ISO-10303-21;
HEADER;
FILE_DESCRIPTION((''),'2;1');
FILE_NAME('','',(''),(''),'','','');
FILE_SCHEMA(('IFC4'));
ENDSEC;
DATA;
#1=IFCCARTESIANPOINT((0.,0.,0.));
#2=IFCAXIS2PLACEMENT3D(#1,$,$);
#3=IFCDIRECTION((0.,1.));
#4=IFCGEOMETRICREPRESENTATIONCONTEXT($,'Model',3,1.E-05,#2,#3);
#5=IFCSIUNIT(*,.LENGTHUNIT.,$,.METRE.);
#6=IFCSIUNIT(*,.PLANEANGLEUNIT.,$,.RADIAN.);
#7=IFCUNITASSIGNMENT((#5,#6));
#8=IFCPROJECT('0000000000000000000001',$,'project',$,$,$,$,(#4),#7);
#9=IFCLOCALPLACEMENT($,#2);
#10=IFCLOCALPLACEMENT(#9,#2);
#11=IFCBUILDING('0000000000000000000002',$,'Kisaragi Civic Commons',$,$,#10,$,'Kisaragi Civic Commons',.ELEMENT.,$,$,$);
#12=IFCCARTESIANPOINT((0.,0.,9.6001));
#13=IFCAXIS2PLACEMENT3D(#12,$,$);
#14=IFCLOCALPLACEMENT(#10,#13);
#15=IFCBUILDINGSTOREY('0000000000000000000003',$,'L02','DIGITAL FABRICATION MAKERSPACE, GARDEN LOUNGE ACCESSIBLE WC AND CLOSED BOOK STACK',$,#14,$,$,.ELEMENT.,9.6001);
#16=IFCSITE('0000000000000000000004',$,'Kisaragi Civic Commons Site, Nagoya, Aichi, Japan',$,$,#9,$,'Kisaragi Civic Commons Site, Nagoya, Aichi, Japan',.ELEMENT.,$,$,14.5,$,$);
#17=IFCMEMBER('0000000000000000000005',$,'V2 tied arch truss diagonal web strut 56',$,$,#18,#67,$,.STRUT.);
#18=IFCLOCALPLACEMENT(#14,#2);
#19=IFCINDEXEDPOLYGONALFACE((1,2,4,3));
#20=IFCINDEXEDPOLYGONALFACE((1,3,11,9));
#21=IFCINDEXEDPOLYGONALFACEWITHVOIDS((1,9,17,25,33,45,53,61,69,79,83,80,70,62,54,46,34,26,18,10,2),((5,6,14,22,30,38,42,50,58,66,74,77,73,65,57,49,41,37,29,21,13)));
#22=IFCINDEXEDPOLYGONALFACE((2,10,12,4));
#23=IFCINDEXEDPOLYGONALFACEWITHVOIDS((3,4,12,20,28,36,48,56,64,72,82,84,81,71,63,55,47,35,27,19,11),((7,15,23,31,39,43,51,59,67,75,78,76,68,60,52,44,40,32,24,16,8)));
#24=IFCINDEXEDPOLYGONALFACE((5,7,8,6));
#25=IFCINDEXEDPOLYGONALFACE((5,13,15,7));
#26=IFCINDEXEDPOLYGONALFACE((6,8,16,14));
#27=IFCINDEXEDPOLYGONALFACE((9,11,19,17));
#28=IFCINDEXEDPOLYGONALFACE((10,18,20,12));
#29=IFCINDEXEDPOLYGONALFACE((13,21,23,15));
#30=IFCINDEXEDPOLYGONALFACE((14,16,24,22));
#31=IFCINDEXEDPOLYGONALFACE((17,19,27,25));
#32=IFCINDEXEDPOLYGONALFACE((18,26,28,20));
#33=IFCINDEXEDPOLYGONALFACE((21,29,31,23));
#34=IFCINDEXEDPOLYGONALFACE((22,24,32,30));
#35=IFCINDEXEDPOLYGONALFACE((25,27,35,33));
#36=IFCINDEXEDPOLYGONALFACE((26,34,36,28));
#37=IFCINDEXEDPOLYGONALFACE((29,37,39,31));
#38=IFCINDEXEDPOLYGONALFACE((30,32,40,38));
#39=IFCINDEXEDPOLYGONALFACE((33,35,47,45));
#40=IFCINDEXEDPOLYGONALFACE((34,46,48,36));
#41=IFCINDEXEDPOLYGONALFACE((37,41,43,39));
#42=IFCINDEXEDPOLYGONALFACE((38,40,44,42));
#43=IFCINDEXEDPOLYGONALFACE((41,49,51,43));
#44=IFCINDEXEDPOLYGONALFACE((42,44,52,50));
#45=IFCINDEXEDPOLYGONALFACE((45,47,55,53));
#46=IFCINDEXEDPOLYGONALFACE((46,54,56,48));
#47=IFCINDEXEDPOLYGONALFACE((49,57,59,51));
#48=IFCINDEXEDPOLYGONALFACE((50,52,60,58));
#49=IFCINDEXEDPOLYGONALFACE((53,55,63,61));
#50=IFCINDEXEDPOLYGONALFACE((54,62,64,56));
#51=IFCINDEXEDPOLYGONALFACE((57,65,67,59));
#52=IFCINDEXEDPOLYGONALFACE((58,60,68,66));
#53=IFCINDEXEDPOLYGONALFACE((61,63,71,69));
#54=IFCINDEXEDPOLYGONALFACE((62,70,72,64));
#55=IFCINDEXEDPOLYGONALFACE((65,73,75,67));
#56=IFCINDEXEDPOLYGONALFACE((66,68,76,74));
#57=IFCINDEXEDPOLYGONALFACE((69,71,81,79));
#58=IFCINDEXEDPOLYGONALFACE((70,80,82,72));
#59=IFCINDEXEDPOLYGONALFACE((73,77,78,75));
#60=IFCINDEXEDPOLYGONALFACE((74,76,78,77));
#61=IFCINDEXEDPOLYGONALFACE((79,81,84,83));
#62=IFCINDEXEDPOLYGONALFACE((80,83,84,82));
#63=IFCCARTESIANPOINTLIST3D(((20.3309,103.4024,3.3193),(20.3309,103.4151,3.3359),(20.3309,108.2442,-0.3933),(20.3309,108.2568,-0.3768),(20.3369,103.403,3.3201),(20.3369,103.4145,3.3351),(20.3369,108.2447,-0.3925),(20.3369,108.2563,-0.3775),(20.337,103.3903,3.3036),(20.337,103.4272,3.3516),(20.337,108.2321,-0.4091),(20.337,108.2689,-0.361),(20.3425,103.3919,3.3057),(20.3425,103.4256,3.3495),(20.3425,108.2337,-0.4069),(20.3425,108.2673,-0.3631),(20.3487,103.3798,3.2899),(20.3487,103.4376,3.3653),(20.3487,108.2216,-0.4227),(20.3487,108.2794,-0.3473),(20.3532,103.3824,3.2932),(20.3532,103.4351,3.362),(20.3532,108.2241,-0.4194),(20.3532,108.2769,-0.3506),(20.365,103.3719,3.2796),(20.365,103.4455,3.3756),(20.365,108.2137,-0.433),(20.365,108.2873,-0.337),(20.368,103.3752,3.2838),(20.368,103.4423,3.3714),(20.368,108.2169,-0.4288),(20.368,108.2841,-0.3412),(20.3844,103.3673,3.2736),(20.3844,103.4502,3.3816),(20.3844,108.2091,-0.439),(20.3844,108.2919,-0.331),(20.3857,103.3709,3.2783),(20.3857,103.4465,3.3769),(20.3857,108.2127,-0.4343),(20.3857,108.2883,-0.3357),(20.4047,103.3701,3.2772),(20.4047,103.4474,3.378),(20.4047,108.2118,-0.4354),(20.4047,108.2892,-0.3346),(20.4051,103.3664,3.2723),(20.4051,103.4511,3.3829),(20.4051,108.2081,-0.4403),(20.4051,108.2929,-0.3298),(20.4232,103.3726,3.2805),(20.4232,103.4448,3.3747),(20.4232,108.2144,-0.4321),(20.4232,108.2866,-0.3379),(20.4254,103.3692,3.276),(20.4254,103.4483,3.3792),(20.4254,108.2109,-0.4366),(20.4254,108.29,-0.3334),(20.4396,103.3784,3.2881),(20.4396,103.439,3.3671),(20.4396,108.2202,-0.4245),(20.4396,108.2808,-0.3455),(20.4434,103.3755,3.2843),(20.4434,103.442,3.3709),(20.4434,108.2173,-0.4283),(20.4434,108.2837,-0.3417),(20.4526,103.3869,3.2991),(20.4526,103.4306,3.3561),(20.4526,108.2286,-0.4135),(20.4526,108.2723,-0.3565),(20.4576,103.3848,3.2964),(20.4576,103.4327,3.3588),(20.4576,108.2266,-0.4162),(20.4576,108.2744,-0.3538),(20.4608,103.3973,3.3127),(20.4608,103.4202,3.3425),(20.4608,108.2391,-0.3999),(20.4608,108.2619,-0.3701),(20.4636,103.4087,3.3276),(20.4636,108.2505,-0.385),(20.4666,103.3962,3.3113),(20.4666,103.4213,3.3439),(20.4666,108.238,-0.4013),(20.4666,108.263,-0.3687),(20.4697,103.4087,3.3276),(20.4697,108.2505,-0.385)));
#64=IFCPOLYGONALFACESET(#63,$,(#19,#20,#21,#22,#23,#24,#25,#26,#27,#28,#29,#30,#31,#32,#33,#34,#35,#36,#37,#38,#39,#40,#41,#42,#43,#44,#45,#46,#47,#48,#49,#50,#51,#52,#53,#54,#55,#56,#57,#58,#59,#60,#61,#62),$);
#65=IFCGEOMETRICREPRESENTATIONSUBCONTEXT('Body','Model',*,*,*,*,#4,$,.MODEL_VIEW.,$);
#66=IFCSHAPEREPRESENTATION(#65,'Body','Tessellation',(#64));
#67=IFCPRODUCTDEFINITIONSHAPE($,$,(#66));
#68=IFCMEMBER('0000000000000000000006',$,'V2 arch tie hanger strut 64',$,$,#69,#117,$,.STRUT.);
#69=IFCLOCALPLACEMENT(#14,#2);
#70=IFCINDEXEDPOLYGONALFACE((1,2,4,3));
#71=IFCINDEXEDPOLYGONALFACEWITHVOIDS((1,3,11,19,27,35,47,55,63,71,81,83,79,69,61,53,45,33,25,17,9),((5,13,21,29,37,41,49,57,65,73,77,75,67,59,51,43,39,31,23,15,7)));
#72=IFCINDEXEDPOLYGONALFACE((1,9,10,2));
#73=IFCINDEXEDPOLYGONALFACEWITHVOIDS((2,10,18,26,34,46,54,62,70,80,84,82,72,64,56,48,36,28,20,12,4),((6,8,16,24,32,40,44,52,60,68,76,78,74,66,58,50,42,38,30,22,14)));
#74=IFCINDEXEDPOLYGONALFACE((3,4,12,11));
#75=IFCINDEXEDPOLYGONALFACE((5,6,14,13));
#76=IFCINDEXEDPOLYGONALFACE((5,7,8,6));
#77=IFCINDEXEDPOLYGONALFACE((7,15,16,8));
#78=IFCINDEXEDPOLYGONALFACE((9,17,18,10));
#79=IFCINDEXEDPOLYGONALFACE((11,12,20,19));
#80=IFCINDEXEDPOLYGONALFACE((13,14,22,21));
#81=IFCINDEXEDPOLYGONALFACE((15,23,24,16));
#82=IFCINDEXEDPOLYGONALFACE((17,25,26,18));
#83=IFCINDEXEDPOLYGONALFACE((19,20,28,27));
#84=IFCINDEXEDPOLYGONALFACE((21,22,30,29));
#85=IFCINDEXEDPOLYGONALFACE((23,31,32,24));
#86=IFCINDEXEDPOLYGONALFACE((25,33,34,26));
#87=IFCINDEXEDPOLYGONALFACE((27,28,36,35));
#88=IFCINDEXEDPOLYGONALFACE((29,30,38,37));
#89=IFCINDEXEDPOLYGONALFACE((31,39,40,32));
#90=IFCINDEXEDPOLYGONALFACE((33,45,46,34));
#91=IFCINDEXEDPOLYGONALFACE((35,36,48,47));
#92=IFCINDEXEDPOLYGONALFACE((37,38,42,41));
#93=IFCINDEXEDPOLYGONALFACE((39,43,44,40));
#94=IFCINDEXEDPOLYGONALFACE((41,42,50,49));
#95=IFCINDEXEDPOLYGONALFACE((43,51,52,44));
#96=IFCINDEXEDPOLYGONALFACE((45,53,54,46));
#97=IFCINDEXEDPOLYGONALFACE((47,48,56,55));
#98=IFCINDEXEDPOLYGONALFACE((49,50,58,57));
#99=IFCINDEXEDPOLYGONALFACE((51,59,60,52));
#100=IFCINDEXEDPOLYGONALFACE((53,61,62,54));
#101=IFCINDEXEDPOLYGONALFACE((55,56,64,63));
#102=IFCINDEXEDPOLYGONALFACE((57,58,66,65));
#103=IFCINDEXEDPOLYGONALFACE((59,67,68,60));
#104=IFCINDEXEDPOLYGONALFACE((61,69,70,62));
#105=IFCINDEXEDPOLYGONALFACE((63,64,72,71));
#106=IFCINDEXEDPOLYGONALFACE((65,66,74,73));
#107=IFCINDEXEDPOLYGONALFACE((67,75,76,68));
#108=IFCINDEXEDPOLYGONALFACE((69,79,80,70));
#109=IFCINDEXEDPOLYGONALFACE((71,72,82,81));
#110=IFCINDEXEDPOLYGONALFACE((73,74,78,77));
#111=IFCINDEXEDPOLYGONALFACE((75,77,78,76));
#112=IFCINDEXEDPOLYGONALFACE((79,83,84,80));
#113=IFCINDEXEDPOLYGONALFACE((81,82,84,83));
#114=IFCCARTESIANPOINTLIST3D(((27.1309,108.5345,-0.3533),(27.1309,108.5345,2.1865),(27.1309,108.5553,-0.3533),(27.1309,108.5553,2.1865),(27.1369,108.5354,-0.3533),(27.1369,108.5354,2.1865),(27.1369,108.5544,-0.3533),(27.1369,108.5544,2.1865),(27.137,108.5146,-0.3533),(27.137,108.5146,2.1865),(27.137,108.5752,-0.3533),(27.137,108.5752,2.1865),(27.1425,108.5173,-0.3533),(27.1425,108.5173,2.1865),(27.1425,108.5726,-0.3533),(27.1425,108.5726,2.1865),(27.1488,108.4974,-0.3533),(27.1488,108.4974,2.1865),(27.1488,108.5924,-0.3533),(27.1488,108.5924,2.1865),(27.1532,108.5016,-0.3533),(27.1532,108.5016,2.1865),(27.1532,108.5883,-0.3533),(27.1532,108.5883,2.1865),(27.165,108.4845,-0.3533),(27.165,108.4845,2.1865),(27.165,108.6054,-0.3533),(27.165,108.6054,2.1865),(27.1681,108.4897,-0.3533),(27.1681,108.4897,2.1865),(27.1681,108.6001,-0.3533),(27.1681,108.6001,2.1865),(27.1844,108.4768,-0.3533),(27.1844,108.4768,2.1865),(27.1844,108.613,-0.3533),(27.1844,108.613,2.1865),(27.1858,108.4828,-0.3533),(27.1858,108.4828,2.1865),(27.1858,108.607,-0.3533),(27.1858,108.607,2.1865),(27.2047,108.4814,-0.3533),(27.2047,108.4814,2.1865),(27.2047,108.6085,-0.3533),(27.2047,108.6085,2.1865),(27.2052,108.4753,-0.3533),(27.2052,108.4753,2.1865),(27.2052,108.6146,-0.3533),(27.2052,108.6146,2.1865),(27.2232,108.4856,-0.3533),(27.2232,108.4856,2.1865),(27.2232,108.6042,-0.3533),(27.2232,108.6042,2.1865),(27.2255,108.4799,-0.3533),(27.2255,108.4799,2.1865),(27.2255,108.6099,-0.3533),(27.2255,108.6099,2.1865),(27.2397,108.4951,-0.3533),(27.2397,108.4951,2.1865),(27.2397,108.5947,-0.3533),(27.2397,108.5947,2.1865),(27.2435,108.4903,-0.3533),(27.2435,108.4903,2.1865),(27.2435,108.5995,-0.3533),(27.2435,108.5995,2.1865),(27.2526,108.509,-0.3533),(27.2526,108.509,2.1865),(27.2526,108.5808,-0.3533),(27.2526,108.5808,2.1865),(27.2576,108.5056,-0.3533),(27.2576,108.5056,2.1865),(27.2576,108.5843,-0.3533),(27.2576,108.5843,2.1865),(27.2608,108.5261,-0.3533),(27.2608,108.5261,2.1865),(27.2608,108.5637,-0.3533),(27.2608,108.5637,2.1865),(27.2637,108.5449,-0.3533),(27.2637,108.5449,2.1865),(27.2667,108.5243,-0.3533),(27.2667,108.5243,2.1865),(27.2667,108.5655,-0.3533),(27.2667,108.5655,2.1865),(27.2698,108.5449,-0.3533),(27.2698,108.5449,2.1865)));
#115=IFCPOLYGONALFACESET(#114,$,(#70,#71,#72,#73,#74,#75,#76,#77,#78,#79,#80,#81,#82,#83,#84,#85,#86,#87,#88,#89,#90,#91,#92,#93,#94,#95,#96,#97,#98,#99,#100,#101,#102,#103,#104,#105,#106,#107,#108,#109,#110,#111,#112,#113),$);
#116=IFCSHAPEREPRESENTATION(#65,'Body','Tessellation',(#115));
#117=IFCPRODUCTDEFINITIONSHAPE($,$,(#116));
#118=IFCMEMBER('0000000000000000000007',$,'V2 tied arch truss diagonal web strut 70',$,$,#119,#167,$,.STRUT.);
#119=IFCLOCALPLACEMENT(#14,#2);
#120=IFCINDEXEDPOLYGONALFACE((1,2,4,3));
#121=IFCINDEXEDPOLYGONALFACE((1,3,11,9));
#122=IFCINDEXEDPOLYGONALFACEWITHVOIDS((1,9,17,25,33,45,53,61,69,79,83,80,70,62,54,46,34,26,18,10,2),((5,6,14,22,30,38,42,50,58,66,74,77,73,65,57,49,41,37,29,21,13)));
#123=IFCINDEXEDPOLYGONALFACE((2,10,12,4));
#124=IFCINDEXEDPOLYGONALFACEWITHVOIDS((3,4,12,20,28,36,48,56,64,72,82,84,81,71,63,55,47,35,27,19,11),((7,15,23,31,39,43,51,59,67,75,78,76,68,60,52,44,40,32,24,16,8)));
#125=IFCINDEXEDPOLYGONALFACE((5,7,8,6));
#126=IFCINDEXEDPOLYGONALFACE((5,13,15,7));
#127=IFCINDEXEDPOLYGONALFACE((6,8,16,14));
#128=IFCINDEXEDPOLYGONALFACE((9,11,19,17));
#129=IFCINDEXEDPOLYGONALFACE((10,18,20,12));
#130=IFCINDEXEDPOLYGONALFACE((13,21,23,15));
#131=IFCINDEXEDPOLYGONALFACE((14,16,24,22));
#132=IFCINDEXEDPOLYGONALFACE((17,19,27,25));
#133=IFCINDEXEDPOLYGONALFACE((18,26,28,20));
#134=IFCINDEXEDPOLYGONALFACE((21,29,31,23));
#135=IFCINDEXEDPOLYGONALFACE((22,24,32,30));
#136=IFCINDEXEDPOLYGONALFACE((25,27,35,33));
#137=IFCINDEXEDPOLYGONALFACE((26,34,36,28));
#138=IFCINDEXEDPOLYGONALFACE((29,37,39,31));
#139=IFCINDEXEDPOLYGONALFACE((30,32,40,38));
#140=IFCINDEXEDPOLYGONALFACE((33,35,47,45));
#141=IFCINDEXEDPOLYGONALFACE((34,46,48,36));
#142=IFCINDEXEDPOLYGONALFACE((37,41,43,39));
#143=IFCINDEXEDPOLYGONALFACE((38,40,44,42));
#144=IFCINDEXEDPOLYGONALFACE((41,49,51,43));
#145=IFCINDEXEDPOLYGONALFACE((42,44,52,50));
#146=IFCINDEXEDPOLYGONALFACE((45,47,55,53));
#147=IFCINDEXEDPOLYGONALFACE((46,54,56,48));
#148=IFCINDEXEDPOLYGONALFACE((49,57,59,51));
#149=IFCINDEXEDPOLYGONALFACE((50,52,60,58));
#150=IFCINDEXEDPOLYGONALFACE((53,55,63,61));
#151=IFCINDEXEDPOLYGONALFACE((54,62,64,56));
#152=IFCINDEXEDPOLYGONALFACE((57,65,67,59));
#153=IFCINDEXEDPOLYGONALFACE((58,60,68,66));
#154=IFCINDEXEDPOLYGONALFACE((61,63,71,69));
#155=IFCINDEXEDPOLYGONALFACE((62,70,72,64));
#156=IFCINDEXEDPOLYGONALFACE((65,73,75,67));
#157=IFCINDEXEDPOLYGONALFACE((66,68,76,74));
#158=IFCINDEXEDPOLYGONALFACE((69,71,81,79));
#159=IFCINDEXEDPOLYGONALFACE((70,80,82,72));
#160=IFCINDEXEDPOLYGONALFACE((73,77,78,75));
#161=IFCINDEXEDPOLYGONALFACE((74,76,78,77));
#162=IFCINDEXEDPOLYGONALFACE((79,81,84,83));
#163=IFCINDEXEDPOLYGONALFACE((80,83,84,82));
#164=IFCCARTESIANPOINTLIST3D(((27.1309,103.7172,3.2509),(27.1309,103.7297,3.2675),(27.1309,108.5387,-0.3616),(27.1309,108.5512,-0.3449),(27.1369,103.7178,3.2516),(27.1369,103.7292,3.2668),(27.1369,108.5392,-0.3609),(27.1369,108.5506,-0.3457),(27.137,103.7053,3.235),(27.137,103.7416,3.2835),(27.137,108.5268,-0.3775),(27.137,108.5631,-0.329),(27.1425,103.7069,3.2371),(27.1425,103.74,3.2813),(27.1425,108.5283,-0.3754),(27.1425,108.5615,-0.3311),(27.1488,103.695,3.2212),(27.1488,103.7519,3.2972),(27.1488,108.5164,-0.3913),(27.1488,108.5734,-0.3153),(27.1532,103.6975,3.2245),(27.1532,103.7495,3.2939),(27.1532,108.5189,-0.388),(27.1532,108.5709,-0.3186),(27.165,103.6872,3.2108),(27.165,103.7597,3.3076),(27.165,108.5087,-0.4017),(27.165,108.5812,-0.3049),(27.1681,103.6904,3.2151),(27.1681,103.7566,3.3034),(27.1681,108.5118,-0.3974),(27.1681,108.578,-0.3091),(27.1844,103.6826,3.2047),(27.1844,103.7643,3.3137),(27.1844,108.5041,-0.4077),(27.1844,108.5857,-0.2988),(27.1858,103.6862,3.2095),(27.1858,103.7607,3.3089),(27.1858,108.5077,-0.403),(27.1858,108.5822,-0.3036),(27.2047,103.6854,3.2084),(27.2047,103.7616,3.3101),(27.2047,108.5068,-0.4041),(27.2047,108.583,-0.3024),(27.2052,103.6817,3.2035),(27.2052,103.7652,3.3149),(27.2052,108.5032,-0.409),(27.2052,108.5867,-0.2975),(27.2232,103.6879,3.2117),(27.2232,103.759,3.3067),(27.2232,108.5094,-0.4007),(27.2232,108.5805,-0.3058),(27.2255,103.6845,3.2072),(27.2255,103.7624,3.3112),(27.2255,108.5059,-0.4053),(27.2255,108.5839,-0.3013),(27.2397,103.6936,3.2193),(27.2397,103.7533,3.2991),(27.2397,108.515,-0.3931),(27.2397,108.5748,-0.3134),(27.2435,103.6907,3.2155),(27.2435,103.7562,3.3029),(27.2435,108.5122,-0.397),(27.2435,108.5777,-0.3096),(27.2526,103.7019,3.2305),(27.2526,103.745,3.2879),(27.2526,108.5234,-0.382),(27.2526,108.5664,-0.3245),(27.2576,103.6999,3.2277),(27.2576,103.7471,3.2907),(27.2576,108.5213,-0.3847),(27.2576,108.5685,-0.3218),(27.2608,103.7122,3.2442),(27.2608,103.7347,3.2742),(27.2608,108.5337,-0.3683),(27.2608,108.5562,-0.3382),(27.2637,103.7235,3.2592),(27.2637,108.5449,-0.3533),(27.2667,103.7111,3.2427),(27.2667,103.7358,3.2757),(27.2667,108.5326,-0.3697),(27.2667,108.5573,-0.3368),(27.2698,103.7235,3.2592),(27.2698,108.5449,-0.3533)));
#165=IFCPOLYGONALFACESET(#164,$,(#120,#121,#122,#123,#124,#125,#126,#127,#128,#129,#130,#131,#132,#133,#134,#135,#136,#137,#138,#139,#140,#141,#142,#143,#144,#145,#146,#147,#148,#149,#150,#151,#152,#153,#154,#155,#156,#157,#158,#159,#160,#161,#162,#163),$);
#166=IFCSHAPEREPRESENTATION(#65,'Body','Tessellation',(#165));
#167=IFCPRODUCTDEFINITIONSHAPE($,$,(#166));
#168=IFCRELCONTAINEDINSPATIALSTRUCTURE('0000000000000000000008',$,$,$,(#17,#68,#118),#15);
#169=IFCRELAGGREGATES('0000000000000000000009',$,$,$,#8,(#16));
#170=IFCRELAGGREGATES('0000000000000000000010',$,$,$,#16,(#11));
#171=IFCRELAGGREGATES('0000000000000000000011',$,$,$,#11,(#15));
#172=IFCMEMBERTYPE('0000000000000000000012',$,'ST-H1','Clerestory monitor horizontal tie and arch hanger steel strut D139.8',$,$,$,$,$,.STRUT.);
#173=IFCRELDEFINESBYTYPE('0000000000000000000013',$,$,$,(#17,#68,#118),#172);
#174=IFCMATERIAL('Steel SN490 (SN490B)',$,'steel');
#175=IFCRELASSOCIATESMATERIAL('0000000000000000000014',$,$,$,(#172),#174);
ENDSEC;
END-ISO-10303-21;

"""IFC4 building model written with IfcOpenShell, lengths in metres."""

from ifc_helpers import new_model, si_unit, direction, frame, origin, origin_2d, place, context, subcontext, project, spatial, hollow_circle, extrude, material, material_profile, profile_set, type_object, element, save


model = new_model("IFC4")

# Units and contexts
model_context = context("Model", 3, precision=1e-05, world=origin(), true_north=direction((0.0, 1.0)))
body_context = subcontext(model_context, "Body", "Model", "MODEL_VIEW")
ifc_project = project(units=[si_unit("LENGTHUNIT", "METRE"), si_unit("PLANEANGLEUNIT", "RADIAN")], contexts=[model_context])

# Site, building, storey
site_placement = place(None, origin())
site = spatial("IfcSite", under=ifc_project, at=site_placement, Name="Kisaragi Civic Commons Site, Nagoya, Aichi, Japan", LongName="Kisaragi Civic Commons Site, Nagoya, Aichi, Japan", CompositionType="ELEMENT", RefElevation=14.5)
building_placement = place(site_placement, origin())
building = spatial("IfcBuilding", under=site, at=building_placement, Name="Kisaragi Civic Commons", LongName="Kisaragi Civic Commons", CompositionType="ELEMENT")
storey_placement = place(building_placement, frame((0.0, 0.0, 9.6001)))
storey = spatial("IfcBuildingStorey", under=building, at=storey_placement, Name="L02", Description="DIGITAL FABRICATION MAKERSPACE, GARDEN LOUNGE ACCESSIBLE WC AND CLOSED BOOK STACK", CompositionType="ELEMENT", Elevation=9.6001)

# Members
ifc_material_1 = material(Name="Steel SN490 (SN490B)", Category="steel")
ifc_material_profile_1 = material_profile(ifc_material_1, hollow_circle(Radius=0.0698, WallThickness=0.0061, at=origin_2d()), Name="CHS-139.8x6.0", Category="steel")
ifc_profile_set_1 = profile_set([ifc_material_profile_1], Name="Steel SN490 (SN490B)")
member_type_1 = type_object("IfcMemberType", Name="ST-H1", Description="Clerestory monitor horizontal tie and arch hanger steel strut D139.8", PredefinedType="STRUT", material=ifc_profile_set_1)
member_1_placement = place(storey_placement, frame((20.3999, 108.2505, -0.385), z_axis=(0.0, -0.793559, 0.608494), x_axis=(1.0, 0.0, 0.0)))
element("IfcMember", 1, at=member_1_placement, inside=storey, type_object=member_type_1, Name="V2 tied arch truss diagonal web strut 56", PredefinedType="STRUT", context=body_context, shape_type="SweptSolid", body=[
    extrude(hollow_circle(Radius=0.0698, WallThickness=0.0061, at=origin_2d()), origin(), (0.0, 0.0, 1.0), 6.1013),
])
member_2_placement = place(storey_placement, frame((27.2, 108.5449, -0.3533), z_axis=(0.0, 0.0, 1.0), x_axis=(1.0, 0.0, 0.0)))
element("IfcMember", 2, at=member_2_placement, inside=storey, type_object=member_type_1, Name="V2 arch tie hanger strut 64", PredefinedType="STRUT", context=body_context, shape_type="SweptSolid", body=[
    extrude(hollow_circle(Radius=0.0698, WallThickness=0.0061, at=origin_2d()), origin(), (0.0, 0.0, 1.0), 2.5398),
])
member_3_placement = place(storey_placement, frame((27.2, 108.5449, -0.3533), z_axis=(0.0, -0.800287, 0.599617), x_axis=(1.0, 0.0, 0.0)))
element("IfcMember", 3, at=member_3_placement, inside=storey, type_object=member_type_1, Name="V2 tied arch truss diagonal web strut 70", PredefinedType="STRUT", context=body_context, shape_type="SweptSolid", body=[
    extrude(hollow_circle(Radius=0.0698, WallThickness=0.0061, at=origin_2d()), origin(), (0.0, 0.0, 1.0), 6.0247),
])

save(model, "model.ifc")
